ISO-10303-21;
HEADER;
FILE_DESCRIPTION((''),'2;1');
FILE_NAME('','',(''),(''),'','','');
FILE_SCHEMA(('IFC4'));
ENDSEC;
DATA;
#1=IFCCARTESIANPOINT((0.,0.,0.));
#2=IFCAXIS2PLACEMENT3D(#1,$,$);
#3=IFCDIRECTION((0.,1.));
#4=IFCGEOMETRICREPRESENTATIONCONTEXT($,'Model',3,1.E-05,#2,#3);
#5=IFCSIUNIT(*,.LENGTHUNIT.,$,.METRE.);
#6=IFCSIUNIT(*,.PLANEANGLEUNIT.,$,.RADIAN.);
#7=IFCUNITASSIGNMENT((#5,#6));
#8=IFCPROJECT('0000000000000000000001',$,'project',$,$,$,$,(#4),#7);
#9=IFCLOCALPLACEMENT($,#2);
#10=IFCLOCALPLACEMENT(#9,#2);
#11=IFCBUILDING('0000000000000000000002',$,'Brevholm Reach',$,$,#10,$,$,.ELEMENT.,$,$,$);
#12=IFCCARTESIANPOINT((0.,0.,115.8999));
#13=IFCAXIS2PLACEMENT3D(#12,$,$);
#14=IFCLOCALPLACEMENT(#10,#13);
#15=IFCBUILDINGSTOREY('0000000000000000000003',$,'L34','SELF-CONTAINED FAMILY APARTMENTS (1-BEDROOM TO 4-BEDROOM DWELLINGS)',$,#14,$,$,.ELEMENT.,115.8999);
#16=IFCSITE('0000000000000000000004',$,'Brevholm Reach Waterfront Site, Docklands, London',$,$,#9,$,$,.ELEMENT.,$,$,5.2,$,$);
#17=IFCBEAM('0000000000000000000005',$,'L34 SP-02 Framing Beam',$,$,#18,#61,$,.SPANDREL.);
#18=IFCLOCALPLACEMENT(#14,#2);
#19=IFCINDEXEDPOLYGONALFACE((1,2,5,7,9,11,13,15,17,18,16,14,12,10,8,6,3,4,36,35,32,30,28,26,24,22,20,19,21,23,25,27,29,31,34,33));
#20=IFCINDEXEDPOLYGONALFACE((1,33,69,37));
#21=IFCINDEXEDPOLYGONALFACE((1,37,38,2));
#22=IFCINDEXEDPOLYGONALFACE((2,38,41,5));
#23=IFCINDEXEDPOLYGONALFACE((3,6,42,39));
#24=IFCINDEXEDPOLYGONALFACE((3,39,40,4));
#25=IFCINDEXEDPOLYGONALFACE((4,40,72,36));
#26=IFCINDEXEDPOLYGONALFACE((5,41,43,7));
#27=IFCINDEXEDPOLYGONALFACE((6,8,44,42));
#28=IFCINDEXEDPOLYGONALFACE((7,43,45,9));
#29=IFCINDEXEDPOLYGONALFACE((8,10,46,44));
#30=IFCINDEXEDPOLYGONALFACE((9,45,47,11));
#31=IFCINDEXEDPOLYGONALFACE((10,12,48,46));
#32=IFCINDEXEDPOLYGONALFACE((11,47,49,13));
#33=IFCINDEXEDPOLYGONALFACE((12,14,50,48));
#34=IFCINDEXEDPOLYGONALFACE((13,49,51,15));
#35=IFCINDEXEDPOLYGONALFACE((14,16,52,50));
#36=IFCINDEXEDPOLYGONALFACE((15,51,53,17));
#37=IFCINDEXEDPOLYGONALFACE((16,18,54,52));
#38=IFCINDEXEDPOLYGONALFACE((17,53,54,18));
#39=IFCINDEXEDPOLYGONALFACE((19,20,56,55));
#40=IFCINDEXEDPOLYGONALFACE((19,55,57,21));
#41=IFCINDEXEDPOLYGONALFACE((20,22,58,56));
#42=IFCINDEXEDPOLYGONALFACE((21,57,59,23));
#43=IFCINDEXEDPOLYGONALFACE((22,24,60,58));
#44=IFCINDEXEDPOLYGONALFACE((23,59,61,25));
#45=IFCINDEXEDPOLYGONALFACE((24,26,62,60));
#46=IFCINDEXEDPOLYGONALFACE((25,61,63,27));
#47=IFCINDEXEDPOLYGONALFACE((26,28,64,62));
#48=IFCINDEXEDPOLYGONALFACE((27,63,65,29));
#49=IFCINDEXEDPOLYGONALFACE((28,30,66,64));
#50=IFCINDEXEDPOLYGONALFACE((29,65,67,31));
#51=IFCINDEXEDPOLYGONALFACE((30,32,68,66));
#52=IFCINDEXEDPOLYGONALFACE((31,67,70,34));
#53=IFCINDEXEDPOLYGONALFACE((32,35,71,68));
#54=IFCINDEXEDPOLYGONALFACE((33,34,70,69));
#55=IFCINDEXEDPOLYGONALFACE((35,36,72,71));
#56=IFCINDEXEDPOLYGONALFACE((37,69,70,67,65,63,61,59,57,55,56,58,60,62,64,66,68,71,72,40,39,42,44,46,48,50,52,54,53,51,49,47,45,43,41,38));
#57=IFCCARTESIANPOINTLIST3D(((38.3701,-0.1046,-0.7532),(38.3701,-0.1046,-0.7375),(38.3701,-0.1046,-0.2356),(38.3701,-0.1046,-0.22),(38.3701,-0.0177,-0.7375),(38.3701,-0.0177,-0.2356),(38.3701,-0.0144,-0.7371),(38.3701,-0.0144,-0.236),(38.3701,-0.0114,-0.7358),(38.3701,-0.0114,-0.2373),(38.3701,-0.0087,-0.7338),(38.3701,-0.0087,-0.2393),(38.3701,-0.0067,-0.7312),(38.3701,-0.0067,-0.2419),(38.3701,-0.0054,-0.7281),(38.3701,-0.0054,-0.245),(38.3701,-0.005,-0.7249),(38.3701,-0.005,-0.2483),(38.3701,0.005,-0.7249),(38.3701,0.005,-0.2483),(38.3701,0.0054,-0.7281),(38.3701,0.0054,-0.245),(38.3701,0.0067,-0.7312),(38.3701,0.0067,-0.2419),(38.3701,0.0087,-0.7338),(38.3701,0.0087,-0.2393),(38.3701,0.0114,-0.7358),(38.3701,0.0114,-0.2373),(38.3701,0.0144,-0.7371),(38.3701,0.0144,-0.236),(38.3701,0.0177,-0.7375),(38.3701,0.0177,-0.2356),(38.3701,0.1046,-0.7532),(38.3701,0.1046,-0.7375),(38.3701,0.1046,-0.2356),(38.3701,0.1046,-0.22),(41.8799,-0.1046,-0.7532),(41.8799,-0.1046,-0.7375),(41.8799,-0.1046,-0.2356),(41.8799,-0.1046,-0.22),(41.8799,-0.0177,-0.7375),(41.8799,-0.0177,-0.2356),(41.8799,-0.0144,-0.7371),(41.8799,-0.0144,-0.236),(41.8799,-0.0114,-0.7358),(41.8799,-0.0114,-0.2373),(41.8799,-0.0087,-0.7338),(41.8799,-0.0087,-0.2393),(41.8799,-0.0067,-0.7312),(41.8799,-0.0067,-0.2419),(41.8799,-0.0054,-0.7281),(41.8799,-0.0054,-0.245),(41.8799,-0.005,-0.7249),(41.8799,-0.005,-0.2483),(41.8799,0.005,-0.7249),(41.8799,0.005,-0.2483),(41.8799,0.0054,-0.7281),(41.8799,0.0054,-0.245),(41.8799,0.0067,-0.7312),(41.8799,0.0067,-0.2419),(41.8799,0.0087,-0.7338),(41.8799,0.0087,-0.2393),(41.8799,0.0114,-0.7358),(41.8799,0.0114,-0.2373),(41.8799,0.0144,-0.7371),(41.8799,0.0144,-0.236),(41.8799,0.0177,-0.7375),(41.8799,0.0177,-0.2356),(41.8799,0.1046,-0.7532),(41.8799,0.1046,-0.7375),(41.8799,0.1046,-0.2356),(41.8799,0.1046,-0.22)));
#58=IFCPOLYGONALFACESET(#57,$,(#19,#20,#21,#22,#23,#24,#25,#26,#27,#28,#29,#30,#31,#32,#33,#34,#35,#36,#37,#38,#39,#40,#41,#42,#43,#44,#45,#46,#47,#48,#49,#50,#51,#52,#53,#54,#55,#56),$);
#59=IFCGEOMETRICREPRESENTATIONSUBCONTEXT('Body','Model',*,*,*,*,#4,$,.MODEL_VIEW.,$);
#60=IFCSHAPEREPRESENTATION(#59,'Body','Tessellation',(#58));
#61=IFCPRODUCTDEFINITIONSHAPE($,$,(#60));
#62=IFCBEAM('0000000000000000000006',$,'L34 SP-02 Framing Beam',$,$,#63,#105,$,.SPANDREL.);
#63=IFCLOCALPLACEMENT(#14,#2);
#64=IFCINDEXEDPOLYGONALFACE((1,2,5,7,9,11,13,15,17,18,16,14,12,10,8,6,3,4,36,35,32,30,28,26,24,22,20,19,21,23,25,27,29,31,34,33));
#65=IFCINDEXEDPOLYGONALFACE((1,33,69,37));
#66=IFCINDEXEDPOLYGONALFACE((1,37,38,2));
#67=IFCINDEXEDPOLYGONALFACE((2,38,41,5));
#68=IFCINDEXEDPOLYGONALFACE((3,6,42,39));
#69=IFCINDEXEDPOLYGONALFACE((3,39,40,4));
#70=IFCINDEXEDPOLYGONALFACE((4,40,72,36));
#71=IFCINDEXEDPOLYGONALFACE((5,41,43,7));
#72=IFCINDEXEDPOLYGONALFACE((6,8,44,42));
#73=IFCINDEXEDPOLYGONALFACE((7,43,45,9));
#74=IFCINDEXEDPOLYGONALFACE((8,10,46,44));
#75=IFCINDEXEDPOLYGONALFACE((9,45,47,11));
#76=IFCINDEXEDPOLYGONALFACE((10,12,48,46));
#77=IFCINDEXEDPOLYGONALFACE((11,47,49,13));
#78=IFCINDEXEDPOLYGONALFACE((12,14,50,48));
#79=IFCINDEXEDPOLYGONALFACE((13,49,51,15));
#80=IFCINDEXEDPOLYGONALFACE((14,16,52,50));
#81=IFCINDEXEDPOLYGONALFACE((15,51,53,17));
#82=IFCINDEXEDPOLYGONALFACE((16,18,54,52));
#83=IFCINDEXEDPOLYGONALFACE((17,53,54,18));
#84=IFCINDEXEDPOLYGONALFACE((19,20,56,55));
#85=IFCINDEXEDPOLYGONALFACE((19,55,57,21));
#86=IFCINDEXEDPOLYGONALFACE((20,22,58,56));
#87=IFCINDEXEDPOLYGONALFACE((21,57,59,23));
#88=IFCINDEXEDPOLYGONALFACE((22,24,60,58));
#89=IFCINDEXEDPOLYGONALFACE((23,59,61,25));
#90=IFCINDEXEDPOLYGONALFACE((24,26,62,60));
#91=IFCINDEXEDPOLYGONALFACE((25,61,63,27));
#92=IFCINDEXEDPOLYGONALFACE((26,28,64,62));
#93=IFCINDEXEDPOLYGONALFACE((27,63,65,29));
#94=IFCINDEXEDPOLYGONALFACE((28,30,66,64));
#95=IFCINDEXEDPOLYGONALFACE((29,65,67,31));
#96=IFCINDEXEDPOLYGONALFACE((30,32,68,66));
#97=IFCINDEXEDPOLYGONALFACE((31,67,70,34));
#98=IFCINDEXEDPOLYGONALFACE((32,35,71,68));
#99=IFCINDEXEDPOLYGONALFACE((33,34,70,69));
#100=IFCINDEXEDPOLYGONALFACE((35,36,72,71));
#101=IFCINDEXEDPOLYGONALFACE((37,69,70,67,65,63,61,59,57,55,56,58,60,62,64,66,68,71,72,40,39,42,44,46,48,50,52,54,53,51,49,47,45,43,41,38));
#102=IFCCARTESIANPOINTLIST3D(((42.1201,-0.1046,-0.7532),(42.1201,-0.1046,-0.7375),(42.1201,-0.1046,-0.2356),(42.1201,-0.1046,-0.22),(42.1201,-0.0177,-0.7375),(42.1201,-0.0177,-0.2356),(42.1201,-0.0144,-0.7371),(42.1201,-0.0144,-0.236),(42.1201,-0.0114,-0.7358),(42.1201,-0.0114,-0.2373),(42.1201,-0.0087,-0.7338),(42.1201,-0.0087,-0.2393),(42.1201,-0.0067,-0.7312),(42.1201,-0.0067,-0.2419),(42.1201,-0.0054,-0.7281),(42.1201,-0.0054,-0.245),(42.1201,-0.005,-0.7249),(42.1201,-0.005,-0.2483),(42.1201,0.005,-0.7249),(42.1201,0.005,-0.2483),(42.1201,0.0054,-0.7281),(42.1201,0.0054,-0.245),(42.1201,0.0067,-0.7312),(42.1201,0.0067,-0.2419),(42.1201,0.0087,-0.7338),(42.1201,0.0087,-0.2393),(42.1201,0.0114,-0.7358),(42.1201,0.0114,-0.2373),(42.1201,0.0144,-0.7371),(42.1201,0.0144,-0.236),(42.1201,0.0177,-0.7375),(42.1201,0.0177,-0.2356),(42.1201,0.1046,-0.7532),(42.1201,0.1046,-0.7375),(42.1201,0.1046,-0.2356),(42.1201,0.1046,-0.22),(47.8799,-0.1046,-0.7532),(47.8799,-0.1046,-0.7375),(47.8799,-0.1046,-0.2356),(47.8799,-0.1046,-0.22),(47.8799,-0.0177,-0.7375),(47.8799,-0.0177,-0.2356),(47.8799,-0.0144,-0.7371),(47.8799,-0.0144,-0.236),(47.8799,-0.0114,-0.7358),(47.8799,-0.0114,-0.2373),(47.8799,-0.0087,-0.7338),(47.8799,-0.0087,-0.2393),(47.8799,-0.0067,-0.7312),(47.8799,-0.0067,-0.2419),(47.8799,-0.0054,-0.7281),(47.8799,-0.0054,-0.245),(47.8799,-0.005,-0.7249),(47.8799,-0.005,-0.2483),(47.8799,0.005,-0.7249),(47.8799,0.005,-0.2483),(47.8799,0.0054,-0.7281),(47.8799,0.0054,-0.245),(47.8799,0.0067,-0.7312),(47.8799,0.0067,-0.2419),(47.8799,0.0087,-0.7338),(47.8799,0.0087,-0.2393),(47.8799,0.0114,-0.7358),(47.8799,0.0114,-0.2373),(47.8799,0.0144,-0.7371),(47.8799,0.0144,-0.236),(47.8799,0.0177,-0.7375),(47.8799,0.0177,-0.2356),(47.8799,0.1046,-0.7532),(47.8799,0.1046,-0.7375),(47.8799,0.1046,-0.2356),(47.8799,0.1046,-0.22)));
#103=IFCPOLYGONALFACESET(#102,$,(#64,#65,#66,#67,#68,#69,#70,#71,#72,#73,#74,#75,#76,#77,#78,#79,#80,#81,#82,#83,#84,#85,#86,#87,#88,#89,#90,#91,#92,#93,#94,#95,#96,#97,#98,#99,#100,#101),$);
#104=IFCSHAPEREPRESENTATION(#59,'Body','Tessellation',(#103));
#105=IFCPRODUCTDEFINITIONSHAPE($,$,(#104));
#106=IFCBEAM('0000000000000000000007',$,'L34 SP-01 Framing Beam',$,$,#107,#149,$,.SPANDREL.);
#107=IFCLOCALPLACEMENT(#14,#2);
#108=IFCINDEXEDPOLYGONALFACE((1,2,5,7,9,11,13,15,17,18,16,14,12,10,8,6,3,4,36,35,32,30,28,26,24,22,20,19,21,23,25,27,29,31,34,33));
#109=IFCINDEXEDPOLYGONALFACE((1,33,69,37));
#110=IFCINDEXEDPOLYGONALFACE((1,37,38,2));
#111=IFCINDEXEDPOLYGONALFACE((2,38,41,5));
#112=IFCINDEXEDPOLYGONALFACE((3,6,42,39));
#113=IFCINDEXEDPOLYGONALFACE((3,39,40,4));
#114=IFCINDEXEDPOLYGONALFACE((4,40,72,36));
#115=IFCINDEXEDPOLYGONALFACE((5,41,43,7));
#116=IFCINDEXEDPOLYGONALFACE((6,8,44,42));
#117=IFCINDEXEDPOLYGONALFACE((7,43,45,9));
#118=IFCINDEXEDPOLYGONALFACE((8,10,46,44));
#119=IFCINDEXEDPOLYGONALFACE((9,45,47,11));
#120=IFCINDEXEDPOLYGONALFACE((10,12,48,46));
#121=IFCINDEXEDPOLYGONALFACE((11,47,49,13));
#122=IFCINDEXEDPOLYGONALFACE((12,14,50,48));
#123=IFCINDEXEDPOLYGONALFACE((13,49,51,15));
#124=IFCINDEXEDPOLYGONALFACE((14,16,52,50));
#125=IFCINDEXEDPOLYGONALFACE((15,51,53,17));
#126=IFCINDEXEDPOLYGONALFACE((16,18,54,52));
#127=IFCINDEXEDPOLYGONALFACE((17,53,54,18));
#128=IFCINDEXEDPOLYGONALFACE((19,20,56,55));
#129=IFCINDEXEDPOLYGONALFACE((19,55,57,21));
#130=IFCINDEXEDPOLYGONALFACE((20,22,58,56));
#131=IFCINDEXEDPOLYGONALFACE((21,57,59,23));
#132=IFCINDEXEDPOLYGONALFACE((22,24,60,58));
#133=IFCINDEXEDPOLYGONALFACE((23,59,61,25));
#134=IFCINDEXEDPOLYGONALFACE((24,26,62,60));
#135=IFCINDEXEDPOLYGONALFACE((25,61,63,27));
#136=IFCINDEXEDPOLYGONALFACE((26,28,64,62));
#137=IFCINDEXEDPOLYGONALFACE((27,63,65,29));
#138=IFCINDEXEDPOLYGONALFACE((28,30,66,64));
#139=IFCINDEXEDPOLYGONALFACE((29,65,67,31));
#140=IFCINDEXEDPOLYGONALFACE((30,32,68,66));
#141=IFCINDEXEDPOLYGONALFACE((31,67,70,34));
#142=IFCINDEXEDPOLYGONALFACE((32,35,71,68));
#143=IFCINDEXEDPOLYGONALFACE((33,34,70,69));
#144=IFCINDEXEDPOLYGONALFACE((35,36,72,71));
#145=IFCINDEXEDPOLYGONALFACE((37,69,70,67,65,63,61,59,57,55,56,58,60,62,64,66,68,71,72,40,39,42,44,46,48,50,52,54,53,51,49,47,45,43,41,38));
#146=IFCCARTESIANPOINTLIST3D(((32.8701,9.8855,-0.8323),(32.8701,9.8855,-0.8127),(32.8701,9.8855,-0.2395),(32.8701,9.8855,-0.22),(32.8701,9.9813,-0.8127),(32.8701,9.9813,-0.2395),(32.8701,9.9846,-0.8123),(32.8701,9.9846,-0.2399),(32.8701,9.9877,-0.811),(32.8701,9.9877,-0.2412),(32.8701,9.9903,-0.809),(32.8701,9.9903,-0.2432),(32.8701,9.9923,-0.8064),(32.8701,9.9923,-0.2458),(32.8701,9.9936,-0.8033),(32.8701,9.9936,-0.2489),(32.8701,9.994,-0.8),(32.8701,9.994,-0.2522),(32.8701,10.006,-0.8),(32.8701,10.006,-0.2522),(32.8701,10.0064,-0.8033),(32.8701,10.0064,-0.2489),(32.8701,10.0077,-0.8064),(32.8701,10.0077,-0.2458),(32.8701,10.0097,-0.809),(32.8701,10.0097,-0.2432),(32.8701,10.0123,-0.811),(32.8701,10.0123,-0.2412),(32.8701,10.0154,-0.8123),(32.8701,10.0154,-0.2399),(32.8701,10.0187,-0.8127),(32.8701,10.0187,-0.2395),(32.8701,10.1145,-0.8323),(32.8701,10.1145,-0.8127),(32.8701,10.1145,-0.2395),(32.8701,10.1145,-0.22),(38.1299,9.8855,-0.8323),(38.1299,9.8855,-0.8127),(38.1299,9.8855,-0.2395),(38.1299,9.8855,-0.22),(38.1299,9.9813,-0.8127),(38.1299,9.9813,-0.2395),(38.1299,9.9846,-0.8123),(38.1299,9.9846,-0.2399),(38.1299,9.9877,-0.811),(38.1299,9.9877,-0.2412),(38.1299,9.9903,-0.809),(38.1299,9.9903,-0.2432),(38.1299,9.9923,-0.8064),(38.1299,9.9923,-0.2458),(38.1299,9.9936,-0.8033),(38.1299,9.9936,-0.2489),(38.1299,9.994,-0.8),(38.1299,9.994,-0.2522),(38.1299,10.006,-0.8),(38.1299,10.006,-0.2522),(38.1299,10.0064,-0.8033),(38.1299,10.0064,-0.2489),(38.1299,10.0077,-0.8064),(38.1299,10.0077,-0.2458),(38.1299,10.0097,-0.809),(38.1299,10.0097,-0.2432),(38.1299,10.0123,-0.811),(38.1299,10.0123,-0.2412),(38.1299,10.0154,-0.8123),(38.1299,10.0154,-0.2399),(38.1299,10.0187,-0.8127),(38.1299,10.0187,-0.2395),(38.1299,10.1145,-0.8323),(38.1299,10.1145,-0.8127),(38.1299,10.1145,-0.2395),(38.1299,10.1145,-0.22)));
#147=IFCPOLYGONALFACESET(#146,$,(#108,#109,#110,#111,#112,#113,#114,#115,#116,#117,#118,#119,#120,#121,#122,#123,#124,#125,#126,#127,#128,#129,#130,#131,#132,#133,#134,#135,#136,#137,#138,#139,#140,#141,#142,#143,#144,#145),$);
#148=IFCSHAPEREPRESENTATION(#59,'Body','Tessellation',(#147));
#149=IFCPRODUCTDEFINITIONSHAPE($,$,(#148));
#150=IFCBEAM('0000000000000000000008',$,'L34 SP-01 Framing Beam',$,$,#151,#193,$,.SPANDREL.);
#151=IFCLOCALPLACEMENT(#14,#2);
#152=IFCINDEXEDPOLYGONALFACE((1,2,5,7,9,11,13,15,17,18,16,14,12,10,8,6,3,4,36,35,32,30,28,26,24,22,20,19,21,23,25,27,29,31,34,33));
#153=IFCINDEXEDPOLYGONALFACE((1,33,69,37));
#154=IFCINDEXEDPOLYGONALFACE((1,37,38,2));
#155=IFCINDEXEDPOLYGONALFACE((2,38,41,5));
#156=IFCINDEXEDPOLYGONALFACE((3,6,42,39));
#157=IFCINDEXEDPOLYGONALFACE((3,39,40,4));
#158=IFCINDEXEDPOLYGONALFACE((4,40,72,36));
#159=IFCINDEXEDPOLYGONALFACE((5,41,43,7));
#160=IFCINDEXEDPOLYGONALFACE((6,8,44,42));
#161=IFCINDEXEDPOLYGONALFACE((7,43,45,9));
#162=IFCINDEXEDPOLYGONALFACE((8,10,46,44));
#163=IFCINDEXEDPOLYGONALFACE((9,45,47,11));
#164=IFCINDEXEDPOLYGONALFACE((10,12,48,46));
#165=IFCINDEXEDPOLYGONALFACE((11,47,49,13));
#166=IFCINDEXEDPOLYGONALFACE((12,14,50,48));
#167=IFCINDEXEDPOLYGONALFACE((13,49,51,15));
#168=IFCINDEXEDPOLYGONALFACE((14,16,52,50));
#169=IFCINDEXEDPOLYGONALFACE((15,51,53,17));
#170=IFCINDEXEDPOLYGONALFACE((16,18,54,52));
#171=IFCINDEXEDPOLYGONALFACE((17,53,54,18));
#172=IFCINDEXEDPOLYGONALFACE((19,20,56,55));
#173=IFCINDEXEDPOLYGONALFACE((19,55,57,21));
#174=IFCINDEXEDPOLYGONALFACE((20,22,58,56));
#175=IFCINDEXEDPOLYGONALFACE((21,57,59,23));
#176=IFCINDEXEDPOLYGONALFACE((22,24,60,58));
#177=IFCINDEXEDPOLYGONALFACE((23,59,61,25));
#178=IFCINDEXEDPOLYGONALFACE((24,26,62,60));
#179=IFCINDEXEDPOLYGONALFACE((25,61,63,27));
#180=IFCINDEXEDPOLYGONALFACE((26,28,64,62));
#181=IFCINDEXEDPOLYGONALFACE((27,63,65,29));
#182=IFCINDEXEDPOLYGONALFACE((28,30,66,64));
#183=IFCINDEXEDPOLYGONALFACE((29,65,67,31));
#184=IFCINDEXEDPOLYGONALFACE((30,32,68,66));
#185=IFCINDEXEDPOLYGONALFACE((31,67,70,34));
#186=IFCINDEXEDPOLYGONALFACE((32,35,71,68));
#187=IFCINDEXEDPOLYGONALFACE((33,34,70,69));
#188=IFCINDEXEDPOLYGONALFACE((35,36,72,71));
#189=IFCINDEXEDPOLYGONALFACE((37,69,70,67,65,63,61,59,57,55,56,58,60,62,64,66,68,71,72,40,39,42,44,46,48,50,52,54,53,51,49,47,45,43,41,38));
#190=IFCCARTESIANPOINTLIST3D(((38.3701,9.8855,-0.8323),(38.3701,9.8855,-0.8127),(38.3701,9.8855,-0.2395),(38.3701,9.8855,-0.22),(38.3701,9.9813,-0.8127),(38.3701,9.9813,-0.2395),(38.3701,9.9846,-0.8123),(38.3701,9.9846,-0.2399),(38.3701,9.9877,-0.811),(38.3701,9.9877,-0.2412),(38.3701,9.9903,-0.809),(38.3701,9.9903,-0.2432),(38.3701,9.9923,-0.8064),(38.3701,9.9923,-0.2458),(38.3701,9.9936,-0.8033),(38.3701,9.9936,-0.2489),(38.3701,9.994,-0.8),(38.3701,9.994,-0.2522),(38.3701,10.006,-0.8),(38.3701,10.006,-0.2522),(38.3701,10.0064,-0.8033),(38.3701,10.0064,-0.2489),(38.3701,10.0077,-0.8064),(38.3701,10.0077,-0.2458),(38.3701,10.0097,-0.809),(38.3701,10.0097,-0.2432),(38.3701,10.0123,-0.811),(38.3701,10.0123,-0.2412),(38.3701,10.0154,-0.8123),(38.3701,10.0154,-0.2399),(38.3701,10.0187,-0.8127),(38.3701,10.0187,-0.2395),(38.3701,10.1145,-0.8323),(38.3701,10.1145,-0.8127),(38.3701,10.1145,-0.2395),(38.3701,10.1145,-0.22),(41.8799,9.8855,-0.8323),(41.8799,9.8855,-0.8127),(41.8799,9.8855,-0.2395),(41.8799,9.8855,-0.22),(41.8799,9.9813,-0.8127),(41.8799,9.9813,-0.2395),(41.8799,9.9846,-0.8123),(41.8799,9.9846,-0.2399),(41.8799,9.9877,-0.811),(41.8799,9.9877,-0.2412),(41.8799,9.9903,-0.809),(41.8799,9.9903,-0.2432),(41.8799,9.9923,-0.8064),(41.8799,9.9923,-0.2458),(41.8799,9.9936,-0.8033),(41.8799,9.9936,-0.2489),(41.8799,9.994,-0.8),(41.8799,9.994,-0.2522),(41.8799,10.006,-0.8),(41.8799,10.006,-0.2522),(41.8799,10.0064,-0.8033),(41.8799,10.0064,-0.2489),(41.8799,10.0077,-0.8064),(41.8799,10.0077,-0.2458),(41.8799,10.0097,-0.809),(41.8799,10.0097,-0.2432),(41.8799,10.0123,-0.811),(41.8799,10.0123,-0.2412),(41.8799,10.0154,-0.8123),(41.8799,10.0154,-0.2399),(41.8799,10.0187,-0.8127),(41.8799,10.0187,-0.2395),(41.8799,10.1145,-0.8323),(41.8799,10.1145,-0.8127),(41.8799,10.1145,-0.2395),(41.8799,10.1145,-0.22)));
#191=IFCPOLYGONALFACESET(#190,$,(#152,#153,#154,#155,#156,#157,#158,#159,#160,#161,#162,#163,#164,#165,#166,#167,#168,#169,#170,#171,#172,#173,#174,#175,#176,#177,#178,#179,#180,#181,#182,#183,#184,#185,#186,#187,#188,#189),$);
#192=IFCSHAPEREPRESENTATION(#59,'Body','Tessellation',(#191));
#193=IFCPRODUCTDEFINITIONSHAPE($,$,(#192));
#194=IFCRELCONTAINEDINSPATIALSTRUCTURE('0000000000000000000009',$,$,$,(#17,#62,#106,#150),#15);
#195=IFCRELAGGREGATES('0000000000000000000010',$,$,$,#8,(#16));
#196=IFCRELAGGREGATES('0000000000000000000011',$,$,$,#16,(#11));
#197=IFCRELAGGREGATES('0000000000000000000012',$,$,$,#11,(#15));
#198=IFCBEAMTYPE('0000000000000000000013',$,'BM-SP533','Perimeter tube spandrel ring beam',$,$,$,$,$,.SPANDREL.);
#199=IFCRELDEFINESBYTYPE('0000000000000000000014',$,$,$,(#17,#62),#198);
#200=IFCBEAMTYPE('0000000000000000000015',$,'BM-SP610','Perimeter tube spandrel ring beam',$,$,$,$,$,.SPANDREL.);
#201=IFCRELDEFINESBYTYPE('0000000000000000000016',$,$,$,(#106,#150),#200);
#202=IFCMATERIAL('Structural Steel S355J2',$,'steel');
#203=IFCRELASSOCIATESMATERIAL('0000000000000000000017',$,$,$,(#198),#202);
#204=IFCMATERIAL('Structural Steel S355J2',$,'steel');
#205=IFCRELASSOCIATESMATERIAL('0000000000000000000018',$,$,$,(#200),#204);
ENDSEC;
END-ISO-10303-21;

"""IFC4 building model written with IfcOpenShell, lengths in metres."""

from ifc_helpers import new_model, si_unit, direction, frame, origin, origin_2d, place, context, subcontext, project, spatial, i_section, extrude, material, material_profile, profile_set, type_object, element, save


model = new_model("IFC4")

# Units and contexts
model_context = context("Model", 3, precision=1e-05, world=origin(), true_north=direction((0.0, 1.0)))
body_context = subcontext(model_context, "Body", "Model", "MODEL_VIEW")
ifc_project = project(units=[si_unit("LENGTHUNIT", "METRE"), si_unit("PLANEANGLEUNIT", "RADIAN")], contexts=[model_context])

# Site, building, storey
site_placement = place(None, origin())
site = spatial("IfcSite", under=ifc_project, at=site_placement, Name="Brevholm Reach Waterfront Site, Docklands, London", CompositionType="ELEMENT", RefElevation=5.2)
building_placement = place(site_placement, origin())
building = spatial("IfcBuilding", under=site, at=building_placement, Name="Brevholm Reach", CompositionType="ELEMENT")
storey_placement = place(building_placement, frame((0.0, 0.0, 115.8999)))
storey = spatial("IfcBuildingStorey", under=building, at=storey_placement, Name="L34", Description="SELF-CONTAINED FAMILY APARTMENTS (1-BEDROOM TO 4-BEDROOM DWELLINGS)", CompositionType="ELEMENT", Elevation=115.8999)

# Beams
ifc_material_1 = material(Name="Structural Steel S355J2", Category="steel")
ifc_material_profile_1 = material_profile(ifc_material_1, i_section(OverallWidth=0.2092, OverallDepth=0.5332, WebThickness=0.01, FlangeThickness=0.0156, FilletRadius=0.0127, at=origin_2d()), Name="UKB 533x210x92")
ifc_profile_set_1 = profile_set([ifc_material_profile_1], Name="Structural Steel S355J2")
beam_type_1 = type_object("IfcBeamType", Name="BM-SP533", Description="Perimeter tube spandrel ring beam", PredefinedType="SPANDREL", material=ifc_profile_set_1)
beam_1_placement = place(storey_placement, frame((38.3701, 0.0, -0.4866), z_axis=(1.0, 0.0, 0.0), x_axis=(0.0, 1.0, 0.0)))
element("IfcBeam", 1, at=beam_1_placement, inside=storey, type_object=beam_type_1, Name="L34 SP-02 Framing Beam", PredefinedType="SPANDREL", context=body_context, shape_type="SweptSolid", body=[
    extrude(i_section(OverallWidth=0.2092, OverallDepth=0.5332, WebThickness=0.01, FlangeThickness=0.0156, FilletRadius=0.0127, at=origin_2d()), origin(), (0.0, 0.0, 1.0), 3.5098),
])
beam_2_placement = place(storey_placement, frame((42.1201, 0.0, -0.4866), z_axis=(1.0, 0.0, 0.0), x_axis=(0.0, 1.0, 0.0)))
element("IfcBeam", 2, at=beam_2_placement, inside=storey, type_object=beam_type_1, Name="L34 SP-02 Framing Beam", PredefinedType="SPANDREL", context=body_context, shape_type="SweptSolid", body=[
    extrude(i_section(OverallWidth=0.2092, OverallDepth=0.5332, WebThickness=0.01, FlangeThickness=0.0156, FilletRadius=0.0127, at=origin_2d()), origin(), (0.0, 0.0, 1.0), 5.7598),
])
ifc_material_2 = material(Name="Structural Steel S355J2", Category="steel")
ifc_material_profile_2 = material_profile(ifc_material_2, i_section(OverallWidth=0.229, OverallDepth=0.6123, WebThickness=0.012, FlangeThickness=0.0195, FilletRadius=0.0127, at=origin_2d()), Name="UKB 610x229x125")
ifc_profile_set_2 = profile_set([ifc_material_profile_2], Name="Structural Steel S355J2")
beam_type_2 = type_object("IfcBeamType", Name="BM-SP610", Description="Perimeter tube spandrel ring beam", PredefinedType="SPANDREL", material=ifc_profile_set_2)
beam_3_placement = place(storey_placement, frame((32.8701, 10.0, -0.5261), z_axis=(1.0, 0.0, 0.0), x_axis=(0.0, 1.0, 0.0)))
element("IfcBeam", 3, at=beam_3_placement, inside=storey, type_object=beam_type_2, Name="L34 SP-01 Framing Beam", PredefinedType="SPANDREL", context=body_context, shape_type="SweptSolid", body=[
    extrude(i_section(OverallWidth=0.229, OverallDepth=0.6123, WebThickness=0.012, FlangeThickness=0.0195, FilletRadius=0.0127, at=origin_2d()), origin(), (0.0, 0.0, 1.0), 5.2598),
])
beam_4_placement = place(storey_placement, frame((38.3701, 10.0, -0.5261), z_axis=(1.0, 0.0, 0.0), x_axis=(0.0, 1.0, 0.0)))
element("IfcBeam", 4, at=beam_4_placement, inside=storey, type_object=beam_type_2, Name="L34 SP-01 Framing Beam", PredefinedType="SPANDREL", context=body_context, shape_type="SweptSolid", body=[
    extrude(i_section(OverallWidth=0.229, OverallDepth=0.6123, WebThickness=0.012, FlangeThickness=0.0195, FilletRadius=0.0127, at=origin_2d()), origin(), (0.0, 0.0, 1.0), 3.5098),
])

save(model, "model.ifc")
